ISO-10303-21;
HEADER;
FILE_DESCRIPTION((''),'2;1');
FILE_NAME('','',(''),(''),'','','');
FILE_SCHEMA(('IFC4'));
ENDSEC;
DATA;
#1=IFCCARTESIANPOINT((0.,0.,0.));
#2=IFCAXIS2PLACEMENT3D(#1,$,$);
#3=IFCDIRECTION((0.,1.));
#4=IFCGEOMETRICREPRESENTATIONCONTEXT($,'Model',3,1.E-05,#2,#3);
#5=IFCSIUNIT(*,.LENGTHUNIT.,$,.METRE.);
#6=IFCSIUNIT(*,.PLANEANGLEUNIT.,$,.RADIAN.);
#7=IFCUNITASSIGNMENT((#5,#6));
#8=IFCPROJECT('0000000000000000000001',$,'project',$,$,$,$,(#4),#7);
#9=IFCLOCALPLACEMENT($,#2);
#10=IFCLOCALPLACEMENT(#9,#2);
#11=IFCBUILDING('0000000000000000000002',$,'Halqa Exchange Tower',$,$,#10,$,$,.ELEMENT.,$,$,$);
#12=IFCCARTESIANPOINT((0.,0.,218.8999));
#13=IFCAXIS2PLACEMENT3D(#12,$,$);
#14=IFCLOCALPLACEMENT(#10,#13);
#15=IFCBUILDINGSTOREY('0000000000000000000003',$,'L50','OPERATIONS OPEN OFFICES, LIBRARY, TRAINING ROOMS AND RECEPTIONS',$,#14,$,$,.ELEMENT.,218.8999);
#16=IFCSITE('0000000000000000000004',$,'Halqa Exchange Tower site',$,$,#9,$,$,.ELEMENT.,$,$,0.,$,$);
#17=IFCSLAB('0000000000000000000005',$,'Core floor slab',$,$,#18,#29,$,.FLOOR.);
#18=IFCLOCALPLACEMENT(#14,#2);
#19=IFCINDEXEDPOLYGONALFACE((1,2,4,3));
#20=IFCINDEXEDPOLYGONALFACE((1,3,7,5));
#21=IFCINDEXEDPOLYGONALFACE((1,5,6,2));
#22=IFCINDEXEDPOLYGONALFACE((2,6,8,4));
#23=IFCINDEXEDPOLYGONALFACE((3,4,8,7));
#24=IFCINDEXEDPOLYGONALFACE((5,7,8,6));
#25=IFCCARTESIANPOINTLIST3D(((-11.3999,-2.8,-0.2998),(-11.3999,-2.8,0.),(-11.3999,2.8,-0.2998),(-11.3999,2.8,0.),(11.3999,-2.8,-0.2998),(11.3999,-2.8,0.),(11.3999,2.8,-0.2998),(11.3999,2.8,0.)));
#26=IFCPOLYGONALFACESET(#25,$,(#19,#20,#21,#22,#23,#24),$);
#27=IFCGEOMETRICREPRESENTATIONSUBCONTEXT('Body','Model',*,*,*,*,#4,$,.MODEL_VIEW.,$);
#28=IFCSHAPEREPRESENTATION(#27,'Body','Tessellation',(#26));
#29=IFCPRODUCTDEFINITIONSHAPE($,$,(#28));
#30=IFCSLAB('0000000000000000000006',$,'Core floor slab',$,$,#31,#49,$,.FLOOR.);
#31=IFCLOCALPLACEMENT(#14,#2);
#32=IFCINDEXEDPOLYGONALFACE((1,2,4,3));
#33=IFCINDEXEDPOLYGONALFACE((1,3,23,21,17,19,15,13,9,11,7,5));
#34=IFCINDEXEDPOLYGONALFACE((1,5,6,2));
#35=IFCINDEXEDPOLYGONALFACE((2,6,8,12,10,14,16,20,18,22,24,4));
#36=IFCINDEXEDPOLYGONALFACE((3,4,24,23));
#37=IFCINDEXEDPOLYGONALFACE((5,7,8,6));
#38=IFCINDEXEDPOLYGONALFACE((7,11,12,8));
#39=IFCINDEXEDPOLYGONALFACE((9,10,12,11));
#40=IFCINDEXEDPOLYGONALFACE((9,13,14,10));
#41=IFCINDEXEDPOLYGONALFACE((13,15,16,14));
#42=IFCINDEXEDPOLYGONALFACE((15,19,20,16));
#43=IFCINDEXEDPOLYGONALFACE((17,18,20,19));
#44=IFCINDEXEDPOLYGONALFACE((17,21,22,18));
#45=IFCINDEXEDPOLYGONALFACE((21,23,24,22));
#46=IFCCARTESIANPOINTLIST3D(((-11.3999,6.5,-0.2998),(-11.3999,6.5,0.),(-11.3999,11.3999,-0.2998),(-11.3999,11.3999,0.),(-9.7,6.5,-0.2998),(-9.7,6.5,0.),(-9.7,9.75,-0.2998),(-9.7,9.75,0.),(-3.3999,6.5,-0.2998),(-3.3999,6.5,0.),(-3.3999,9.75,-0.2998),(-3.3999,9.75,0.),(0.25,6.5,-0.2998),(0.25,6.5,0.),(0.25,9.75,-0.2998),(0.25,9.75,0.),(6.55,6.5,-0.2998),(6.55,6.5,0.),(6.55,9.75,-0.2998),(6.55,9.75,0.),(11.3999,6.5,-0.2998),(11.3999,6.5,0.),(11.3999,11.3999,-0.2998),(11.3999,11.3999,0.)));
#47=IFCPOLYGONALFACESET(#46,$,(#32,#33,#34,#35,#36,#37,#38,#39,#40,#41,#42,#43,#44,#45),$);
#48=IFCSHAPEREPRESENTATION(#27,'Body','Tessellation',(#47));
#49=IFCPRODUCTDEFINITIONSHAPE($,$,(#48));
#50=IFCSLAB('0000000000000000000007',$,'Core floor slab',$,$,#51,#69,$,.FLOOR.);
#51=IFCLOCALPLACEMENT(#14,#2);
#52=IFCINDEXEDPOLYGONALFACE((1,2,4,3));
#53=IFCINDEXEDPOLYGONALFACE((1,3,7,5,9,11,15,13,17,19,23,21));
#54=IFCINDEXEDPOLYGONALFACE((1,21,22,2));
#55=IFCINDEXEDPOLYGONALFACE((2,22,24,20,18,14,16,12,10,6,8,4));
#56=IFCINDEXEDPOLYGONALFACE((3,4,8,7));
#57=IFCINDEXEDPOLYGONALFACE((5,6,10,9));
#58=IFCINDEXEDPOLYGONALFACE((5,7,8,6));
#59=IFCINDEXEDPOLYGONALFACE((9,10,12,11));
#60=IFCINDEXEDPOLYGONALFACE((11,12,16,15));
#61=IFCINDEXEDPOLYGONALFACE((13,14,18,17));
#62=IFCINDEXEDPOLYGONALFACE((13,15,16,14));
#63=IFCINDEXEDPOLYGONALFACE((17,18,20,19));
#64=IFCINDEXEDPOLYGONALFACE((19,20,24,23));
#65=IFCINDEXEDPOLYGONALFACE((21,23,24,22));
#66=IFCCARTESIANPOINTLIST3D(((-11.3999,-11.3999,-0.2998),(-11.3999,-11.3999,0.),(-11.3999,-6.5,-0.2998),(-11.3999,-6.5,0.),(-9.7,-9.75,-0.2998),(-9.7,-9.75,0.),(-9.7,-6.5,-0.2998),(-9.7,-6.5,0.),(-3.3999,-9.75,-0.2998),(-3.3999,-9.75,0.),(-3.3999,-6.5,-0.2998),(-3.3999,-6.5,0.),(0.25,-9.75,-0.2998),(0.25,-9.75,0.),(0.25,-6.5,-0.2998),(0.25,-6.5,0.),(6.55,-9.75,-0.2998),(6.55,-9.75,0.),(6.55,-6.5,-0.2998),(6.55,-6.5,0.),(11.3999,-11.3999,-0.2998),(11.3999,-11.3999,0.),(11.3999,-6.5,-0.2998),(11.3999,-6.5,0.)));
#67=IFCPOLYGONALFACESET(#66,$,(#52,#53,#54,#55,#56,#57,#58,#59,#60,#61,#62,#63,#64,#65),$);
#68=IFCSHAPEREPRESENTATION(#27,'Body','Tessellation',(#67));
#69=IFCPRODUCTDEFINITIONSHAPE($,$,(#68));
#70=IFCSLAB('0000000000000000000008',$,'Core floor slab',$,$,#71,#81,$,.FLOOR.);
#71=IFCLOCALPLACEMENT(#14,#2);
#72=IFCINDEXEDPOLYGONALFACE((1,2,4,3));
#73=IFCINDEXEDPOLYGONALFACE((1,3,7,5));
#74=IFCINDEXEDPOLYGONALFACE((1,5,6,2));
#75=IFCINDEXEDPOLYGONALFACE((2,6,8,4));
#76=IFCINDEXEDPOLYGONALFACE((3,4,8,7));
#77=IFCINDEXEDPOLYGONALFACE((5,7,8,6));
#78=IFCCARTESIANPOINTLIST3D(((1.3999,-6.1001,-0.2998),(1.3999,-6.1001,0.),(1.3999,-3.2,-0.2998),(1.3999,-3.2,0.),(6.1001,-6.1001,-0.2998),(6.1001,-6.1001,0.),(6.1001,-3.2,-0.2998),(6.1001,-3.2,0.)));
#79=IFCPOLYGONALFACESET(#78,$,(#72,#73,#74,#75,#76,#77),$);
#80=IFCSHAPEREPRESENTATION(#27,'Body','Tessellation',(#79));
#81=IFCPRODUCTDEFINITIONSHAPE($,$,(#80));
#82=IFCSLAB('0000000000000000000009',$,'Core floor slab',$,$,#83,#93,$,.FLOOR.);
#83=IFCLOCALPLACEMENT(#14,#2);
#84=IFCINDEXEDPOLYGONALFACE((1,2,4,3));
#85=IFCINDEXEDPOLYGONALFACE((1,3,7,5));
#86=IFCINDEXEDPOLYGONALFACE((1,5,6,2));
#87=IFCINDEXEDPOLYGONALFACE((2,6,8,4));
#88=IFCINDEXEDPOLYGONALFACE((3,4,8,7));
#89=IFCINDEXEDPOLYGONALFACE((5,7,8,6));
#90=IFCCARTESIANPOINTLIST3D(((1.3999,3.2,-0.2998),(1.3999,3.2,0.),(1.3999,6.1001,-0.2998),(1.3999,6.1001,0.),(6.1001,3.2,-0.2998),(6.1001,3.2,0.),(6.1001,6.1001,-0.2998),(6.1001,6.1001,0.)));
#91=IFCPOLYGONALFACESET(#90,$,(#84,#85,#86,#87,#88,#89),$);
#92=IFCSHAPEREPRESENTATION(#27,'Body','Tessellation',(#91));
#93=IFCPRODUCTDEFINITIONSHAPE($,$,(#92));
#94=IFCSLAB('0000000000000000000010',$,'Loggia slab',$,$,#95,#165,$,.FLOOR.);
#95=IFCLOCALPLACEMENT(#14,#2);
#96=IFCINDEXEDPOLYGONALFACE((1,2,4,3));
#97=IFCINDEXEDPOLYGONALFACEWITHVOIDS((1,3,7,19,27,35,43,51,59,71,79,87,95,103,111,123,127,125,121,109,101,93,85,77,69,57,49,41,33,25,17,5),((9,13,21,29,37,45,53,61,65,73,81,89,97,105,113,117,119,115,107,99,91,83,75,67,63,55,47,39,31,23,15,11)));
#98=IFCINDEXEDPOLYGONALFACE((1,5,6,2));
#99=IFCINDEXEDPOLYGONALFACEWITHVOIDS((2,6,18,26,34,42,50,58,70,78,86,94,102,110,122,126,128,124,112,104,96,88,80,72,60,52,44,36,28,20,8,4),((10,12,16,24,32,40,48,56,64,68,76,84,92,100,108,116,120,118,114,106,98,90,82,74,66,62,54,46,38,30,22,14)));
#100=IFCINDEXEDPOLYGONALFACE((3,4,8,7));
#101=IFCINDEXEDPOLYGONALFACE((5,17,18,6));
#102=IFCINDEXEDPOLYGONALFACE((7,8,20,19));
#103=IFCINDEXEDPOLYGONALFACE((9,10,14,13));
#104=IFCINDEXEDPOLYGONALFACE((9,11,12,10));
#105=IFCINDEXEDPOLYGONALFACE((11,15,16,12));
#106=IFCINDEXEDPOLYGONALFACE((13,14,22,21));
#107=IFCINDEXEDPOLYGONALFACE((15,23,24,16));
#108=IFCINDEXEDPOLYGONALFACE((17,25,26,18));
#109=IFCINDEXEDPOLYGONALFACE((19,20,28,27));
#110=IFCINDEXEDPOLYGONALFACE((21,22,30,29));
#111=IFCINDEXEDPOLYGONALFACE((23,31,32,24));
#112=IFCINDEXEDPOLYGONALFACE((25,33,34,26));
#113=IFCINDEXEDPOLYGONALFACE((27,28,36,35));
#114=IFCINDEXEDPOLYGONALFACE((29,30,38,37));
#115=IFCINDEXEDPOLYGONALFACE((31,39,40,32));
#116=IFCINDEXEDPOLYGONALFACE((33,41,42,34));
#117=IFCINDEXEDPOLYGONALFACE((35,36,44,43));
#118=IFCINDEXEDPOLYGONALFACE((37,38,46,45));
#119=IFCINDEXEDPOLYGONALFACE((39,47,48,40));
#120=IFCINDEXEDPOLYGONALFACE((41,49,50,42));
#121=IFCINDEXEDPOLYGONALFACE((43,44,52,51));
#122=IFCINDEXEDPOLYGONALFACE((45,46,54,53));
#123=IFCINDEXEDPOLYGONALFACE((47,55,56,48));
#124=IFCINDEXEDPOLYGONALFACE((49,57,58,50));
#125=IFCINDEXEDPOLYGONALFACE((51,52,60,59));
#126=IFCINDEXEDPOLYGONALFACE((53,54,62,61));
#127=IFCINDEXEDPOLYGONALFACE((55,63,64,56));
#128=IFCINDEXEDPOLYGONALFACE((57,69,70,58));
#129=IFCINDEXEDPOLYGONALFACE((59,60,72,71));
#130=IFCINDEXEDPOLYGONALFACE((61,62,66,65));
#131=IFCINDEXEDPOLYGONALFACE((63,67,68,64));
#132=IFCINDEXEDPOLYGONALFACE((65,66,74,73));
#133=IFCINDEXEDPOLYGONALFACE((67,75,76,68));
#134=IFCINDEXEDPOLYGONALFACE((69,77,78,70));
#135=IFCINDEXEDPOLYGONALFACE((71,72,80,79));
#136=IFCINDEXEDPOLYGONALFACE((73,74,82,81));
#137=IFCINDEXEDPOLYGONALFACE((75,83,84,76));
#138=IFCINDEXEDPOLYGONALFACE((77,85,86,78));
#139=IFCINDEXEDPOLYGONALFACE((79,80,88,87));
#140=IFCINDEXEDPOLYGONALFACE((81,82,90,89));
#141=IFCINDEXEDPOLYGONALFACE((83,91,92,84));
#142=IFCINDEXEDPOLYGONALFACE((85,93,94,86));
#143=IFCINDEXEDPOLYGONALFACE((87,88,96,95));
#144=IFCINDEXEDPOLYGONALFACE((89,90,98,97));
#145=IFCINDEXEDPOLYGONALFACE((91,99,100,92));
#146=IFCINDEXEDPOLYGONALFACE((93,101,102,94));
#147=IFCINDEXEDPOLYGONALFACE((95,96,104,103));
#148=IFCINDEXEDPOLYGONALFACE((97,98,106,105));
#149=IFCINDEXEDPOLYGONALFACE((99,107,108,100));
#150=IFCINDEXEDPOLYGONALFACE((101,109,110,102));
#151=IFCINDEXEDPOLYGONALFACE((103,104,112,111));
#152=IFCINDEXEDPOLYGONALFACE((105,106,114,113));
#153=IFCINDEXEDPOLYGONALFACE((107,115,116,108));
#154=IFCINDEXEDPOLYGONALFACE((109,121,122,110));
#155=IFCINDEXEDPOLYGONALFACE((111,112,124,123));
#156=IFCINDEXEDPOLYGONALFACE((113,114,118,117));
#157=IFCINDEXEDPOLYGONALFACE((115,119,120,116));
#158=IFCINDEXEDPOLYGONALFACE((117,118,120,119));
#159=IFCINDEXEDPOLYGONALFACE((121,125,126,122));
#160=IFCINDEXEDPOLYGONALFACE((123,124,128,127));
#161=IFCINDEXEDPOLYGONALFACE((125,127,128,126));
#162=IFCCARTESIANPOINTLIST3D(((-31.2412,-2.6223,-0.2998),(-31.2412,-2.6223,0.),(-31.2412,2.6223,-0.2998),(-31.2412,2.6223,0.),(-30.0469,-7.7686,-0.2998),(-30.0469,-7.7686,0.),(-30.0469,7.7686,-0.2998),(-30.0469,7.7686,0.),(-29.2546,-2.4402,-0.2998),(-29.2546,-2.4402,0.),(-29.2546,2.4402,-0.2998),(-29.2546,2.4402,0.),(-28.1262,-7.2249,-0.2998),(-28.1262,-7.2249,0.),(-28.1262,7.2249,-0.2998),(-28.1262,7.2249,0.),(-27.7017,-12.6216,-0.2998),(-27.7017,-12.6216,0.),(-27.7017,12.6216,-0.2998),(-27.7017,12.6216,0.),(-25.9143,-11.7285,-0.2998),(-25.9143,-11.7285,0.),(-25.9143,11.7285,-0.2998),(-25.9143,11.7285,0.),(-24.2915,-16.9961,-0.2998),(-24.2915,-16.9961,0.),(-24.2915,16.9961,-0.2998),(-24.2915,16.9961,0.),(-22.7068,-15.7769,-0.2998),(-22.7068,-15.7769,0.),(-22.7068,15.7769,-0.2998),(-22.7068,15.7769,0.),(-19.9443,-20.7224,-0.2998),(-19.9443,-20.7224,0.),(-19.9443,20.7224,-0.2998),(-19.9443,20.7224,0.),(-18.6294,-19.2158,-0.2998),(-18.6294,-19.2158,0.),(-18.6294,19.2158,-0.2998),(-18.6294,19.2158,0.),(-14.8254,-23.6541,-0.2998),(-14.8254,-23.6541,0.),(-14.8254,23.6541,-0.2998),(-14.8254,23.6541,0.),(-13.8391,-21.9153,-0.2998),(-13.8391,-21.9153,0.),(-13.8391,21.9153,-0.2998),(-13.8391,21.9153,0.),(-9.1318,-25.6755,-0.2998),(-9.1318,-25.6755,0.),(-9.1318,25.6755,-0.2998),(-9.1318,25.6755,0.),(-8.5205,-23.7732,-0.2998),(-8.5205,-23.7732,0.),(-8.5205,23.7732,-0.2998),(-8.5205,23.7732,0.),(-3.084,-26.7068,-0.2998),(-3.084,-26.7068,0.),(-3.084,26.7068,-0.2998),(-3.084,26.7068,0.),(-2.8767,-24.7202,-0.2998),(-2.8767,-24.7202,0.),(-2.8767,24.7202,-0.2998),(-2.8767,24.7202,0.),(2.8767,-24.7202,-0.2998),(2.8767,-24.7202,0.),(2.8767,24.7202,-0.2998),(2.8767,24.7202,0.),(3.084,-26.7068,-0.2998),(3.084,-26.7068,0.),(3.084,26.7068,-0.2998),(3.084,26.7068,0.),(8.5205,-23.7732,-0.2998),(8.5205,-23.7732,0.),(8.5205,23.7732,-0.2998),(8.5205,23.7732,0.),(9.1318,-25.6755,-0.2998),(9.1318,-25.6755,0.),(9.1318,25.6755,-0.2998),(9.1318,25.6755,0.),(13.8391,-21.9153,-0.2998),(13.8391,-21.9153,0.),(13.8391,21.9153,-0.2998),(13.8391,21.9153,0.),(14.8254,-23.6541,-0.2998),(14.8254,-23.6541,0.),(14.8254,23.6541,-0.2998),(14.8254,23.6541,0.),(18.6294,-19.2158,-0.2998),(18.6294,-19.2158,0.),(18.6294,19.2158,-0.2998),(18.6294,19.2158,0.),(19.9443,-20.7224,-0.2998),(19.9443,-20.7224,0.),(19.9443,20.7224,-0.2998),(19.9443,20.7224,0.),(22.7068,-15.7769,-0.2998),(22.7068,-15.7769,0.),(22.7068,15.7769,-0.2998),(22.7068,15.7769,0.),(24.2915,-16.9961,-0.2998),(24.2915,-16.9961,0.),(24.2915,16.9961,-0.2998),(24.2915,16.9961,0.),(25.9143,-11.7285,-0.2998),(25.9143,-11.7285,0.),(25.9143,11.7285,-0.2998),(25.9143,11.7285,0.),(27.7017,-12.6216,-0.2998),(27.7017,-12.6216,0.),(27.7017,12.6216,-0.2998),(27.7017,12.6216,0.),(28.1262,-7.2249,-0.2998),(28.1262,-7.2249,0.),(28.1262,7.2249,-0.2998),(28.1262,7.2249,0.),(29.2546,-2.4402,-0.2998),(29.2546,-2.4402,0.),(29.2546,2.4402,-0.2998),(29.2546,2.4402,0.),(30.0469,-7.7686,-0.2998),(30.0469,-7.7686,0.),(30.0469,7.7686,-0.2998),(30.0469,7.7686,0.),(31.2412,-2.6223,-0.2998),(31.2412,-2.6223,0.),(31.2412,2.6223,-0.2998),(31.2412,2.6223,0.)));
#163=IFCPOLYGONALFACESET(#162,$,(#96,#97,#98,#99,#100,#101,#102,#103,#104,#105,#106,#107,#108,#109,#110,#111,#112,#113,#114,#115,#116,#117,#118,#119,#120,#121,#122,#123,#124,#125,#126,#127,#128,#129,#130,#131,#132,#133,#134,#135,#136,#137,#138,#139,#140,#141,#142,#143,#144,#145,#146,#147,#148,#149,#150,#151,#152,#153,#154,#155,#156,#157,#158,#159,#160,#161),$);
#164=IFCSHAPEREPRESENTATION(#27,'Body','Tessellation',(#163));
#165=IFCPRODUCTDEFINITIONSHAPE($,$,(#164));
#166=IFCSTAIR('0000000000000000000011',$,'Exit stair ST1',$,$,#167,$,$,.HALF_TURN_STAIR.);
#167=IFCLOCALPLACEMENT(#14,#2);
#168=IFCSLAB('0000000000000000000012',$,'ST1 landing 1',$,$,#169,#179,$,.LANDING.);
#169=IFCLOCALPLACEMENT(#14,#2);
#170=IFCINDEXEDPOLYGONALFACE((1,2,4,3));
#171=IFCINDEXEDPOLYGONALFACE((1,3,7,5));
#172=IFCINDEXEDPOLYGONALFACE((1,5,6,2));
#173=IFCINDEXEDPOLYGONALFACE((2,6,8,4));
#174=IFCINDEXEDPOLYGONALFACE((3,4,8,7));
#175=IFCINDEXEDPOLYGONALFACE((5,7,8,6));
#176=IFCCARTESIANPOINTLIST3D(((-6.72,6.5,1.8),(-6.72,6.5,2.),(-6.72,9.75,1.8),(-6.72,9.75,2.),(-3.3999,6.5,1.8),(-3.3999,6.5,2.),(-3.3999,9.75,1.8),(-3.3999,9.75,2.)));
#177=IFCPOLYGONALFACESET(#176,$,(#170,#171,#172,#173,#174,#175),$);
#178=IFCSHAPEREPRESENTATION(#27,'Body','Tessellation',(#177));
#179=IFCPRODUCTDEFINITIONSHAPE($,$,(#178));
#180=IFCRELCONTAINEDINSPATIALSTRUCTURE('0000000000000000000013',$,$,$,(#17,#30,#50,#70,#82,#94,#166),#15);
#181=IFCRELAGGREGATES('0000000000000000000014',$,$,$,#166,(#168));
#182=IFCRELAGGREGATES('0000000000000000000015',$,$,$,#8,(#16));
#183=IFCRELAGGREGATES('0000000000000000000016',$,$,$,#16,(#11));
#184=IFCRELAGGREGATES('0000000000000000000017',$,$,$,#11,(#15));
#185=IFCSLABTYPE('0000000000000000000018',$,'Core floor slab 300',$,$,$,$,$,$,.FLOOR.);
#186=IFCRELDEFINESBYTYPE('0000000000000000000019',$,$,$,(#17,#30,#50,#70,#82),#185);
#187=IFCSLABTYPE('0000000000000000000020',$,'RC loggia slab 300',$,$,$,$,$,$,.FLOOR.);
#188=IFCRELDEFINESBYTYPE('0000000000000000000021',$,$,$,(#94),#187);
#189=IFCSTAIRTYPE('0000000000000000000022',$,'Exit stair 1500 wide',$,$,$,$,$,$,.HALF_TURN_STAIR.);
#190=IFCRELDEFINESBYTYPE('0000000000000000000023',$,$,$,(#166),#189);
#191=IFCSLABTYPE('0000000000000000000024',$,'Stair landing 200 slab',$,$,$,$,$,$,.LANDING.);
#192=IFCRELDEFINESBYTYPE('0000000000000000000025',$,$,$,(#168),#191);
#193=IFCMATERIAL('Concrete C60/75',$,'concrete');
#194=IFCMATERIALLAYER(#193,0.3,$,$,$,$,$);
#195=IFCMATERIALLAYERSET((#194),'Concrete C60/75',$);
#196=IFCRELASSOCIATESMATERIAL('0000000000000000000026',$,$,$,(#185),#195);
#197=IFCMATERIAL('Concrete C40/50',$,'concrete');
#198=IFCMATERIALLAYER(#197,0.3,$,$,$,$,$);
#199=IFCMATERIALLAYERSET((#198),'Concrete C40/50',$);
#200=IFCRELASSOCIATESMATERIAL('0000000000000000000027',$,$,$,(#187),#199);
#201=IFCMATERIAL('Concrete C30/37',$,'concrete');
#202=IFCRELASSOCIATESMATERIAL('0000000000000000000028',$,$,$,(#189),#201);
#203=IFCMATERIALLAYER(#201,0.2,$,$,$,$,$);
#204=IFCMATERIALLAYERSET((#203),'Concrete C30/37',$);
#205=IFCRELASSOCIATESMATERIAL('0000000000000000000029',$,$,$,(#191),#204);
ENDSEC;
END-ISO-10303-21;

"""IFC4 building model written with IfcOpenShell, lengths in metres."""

from ifc_helpers import new_model, si_unit, direction, frame, origin, place, context, subcontext, project, spatial, polyline, outline, extrude, material, layer, layer_set, type_object, element, aggregate, save


model = new_model("IFC4")

# Units and contexts
model_context = context("Model", 3, precision=1e-05, world=origin(), true_north=direction((0.0, 1.0)))
body_context = subcontext(model_context, "Body", "Model", "MODEL_VIEW")
ifc_project = project(units=[si_unit("LENGTHUNIT", "METRE"), si_unit("PLANEANGLEUNIT", "RADIAN")], contexts=[model_context])

# Site, building, storey
site_placement = place(None, origin())
site = spatial("IfcSite", under=ifc_project, at=site_placement, Name="Halqa Exchange Tower site", CompositionType="ELEMENT", RefElevation=0.0)
building_placement = place(site_placement, origin())
building = spatial("IfcBuilding", under=site, at=building_placement, Name="Halqa Exchange Tower", CompositionType="ELEMENT")
storey_placement = place(building_placement, frame((0.0, 0.0, 218.8999)))
storey = spatial("IfcBuildingStorey", under=building, at=storey_placement, Name="L50", Description="OPERATIONS OPEN OFFICES, LIBRARY, TRAINING ROOMS AND RECEPTIONS", CompositionType="ELEMENT", Elevation=218.8999)

# Slabs
ifc_material_1 = material(Name="Concrete C60/75", Category="concrete")
ifc_layer_1 = layer(ifc_material_1, 0.3)
ifc_layer_set_1 = layer_set([ifc_layer_1], Name="Concrete C60/75")
slab_type_1 = type_object("IfcSlabType", Name="Core floor slab 300", PredefinedType="FLOOR", material=ifc_layer_set_1)
slab_1_placement = place(storey_placement, frame((0.0, 0.0, -0.2998)))
element("IfcSlab", 1, at=slab_1_placement, inside=storey, type_object=slab_type_1, Name="Core floor slab", PredefinedType="FLOOR", context=body_context, shape_type="SweptSolid", body=[
    extrude(outline(polyline([(-11.3999, 2.8), (11.3999, 2.8), (11.3999, -2.8), (-11.3999, -2.8), (-11.3999, 2.8)])), origin(), (0.0, 0.0, 1.0), 0.2998),
])
slab_2_placement = place(storey_placement, frame((0.0, 0.0, -0.2998)))
element("IfcSlab", 2, at=slab_2_placement, inside=storey, type_object=slab_type_1, Name="Core floor slab", PredefinedType="FLOOR", context=body_context, shape_type="SweptSolid", body=[
    extrude(outline(polyline([(-11.3999, 11.3999), (11.3999, 11.3999), (11.3999, 6.5), (6.55, 6.5), (6.55, 9.75), (0.25, 9.75), (0.25, 6.5), (-3.3999, 6.5), (-3.3999, 9.75), (-9.7, 9.75), (-9.7, 6.5), (-11.3999, 6.5), (-11.3999, 11.3999)])), origin(), (0.0, 0.0, 1.0), 0.2998),
])
slab_3_placement = place(storey_placement, frame((0.0, 0.0, -0.2998)))
element("IfcSlab", 3, at=slab_3_placement, inside=storey, type_object=slab_type_1, Name="Core floor slab", PredefinedType="FLOOR", context=body_context, shape_type="SweptSolid", body=[
    extrude(outline(polyline([(-9.7, -9.75), (-3.3999, -9.75), (-3.3999, -6.5), (0.25, -6.5), (0.25, -9.75), (6.55, -9.75), (6.55, -6.5), (11.3999, -6.5), (11.3999, -11.3999), (-11.3999, -11.3999), (-11.3999, -6.5), (-9.7, -6.5), (-9.7, -9.75)])), origin(), (0.0, 0.0, 1.0), 0.2998),
])
slab_4_placement = place(storey_placement, frame((0.0, 0.0, -0.2998)))
element("IfcSlab", 4, at=slab_4_placement, inside=storey, type_object=slab_type_1, Name="Core floor slab", PredefinedType="FLOOR", context=body_context, shape_type="SweptSolid", body=[
    extrude(outline(polyline([(6.1001, -3.2), (6.1001, -6.1001), (1.3999, -6.1001), (1.3999, -3.2), (6.1001, -3.2)])), origin(), (0.0, 0.0, 1.0), 0.2998),
])
slab_5_placement = place(storey_placement, frame((0.0, 0.0, -0.2998)))
element("IfcSlab", 5, at=slab_5_placement, inside=storey, type_object=slab_type_1, Name="Core floor slab", PredefinedType="FLOOR", context=body_context, shape_type="SweptSolid", body=[
    extrude(outline(polyline([(6.1001, 6.1001), (6.1001, 3.2), (1.3999, 3.2), (1.3999, 6.1001), (6.1001, 6.1001)])), origin(), (0.0, 0.0, 1.0), 0.2998),
])
ifc_material_2 = material(Name="Concrete C40/50", Category="concrete")
ifc_layer_2 = layer(ifc_material_2, 0.3)
ifc_layer_set_2 = layer_set([ifc_layer_2], Name="Concrete C40/50")
slab_type_2 = type_object("IfcSlabType", Name="RC loggia slab 300", PredefinedType="FLOOR", material=ifc_layer_set_2)
slab_6_placement = place(storey_placement, frame((0.0, 0.0, -0.2998)))
element("IfcSlab", 6, at=slab_6_placement, inside=storey, type_object=slab_type_2, Name="Loggia slab", PredefinedType="FLOOR", context=body_context, shape_type="SweptSolid", body=[
    extrude(outline(polyline([(31.2412, 2.6223), (31.2412, -2.6223), (30.0469, -7.7686), (27.7017, -12.6216), (24.2915, -16.9961), (19.9443, -20.7224), (14.8254, -23.6541), (9.1318, -25.6755), (3.084, -26.7068), (-3.084, -26.7068), (-9.1318, -25.6755), (-14.8254, -23.6541), (-19.9443, -20.7224), (-24.2915, -16.9961), (-27.7017, -12.6216), (-30.0469, -7.7686), (-31.2412, -2.6223), (-31.2412, 2.6223), (-30.0469, 7.7686), (-27.7017, 12.6216), (-24.2915, 16.9961), (-19.9443, 20.7224), (-14.8254, 23.6541), (-9.1318, 25.6755), (-3.084, 26.7068), (3.084, 26.7068), (9.1318, 25.6755), (14.8254, 23.6541), (19.9443, 20.7224), (24.2915, 16.9961), (27.7017, 12.6216), (30.0469, 7.7686), (31.2412, 2.6223)]), holes=[polyline([(29.2546, 2.4402), (28.1262, 7.2249), (25.9143, 11.7285), (22.7068, 15.7769), (18.6294, 19.2158), (13.8391, 21.9153), (8.5205, 23.7732), (2.8767, 24.7202), (-2.8767, 24.7202), (-8.5205, 23.7732), (-13.8391, 21.9153), (-18.6294, 19.2158), (-22.7068, 15.7769), (-25.9143, 11.7285), (-28.1262, 7.2249), (-29.2546, 2.4402), (-29.2546, -2.4402), (-28.1262, -7.2249), (-25.9143, -11.7285), (-22.7068, -15.7769), (-18.6294, -19.2158), (-13.8391, -21.9153), (-8.5205, -23.7732), (-2.8767, -24.7202), (2.8767, -24.7202), (8.5205, -23.7732), (13.8391, -21.9153), (18.6294, -19.2158), (22.7068, -15.7769), (25.9143, -11.7285), (28.1262, -7.2249), (29.2546, -2.4402), (29.2546, 2.4402)])]), origin(), (0.0, 0.0, 1.0), 0.2998),
])

# Stair, slab
ifc_material_3 = material(Name="Concrete C30/37", Category="concrete")
stair_type = type_object("IfcStairType", Name="Exit stair 1500 wide", PredefinedType="HALF_TURN_STAIR", material=ifc_material_3)
stair_1_placement = place(storey_placement, origin())
stair_1 = element("IfcStair", 7, at=stair_1_placement, inside=storey, type_object=stair_type, Name="Exit stair ST1", PredefinedType="HALF_TURN_STAIR")
ifc_layer_3 = layer(ifc_material_3, 0.2)
ifc_layer_set_3 = layer_set([ifc_layer_3], Name="Concrete C30/37")
slab_type_3 = type_object("IfcSlabType", Name="Stair landing 200 slab", PredefinedType="LANDING", material=ifc_layer_set_3)
slab_7_placement = place(storey_placement, frame((0.0, 0.0, 1.8)))
slab_7 = element("IfcSlab", 8, at=slab_7_placement, type_object=slab_type_3, Name="ST1 landing 1", PredefinedType="LANDING", context=body_context, shape_type="SweptSolid", body=[
    extrude(outline(polyline([(-6.72, 6.5), (-3.3999, 6.5), (-3.3999, 9.75), (-6.72, 9.75), (-6.72, 6.5)])), origin(), (0.0, 0.0, 1.0), 0.2),
])
aggregate(stair_1, [slab_7])

save(model, "model.ifc")
